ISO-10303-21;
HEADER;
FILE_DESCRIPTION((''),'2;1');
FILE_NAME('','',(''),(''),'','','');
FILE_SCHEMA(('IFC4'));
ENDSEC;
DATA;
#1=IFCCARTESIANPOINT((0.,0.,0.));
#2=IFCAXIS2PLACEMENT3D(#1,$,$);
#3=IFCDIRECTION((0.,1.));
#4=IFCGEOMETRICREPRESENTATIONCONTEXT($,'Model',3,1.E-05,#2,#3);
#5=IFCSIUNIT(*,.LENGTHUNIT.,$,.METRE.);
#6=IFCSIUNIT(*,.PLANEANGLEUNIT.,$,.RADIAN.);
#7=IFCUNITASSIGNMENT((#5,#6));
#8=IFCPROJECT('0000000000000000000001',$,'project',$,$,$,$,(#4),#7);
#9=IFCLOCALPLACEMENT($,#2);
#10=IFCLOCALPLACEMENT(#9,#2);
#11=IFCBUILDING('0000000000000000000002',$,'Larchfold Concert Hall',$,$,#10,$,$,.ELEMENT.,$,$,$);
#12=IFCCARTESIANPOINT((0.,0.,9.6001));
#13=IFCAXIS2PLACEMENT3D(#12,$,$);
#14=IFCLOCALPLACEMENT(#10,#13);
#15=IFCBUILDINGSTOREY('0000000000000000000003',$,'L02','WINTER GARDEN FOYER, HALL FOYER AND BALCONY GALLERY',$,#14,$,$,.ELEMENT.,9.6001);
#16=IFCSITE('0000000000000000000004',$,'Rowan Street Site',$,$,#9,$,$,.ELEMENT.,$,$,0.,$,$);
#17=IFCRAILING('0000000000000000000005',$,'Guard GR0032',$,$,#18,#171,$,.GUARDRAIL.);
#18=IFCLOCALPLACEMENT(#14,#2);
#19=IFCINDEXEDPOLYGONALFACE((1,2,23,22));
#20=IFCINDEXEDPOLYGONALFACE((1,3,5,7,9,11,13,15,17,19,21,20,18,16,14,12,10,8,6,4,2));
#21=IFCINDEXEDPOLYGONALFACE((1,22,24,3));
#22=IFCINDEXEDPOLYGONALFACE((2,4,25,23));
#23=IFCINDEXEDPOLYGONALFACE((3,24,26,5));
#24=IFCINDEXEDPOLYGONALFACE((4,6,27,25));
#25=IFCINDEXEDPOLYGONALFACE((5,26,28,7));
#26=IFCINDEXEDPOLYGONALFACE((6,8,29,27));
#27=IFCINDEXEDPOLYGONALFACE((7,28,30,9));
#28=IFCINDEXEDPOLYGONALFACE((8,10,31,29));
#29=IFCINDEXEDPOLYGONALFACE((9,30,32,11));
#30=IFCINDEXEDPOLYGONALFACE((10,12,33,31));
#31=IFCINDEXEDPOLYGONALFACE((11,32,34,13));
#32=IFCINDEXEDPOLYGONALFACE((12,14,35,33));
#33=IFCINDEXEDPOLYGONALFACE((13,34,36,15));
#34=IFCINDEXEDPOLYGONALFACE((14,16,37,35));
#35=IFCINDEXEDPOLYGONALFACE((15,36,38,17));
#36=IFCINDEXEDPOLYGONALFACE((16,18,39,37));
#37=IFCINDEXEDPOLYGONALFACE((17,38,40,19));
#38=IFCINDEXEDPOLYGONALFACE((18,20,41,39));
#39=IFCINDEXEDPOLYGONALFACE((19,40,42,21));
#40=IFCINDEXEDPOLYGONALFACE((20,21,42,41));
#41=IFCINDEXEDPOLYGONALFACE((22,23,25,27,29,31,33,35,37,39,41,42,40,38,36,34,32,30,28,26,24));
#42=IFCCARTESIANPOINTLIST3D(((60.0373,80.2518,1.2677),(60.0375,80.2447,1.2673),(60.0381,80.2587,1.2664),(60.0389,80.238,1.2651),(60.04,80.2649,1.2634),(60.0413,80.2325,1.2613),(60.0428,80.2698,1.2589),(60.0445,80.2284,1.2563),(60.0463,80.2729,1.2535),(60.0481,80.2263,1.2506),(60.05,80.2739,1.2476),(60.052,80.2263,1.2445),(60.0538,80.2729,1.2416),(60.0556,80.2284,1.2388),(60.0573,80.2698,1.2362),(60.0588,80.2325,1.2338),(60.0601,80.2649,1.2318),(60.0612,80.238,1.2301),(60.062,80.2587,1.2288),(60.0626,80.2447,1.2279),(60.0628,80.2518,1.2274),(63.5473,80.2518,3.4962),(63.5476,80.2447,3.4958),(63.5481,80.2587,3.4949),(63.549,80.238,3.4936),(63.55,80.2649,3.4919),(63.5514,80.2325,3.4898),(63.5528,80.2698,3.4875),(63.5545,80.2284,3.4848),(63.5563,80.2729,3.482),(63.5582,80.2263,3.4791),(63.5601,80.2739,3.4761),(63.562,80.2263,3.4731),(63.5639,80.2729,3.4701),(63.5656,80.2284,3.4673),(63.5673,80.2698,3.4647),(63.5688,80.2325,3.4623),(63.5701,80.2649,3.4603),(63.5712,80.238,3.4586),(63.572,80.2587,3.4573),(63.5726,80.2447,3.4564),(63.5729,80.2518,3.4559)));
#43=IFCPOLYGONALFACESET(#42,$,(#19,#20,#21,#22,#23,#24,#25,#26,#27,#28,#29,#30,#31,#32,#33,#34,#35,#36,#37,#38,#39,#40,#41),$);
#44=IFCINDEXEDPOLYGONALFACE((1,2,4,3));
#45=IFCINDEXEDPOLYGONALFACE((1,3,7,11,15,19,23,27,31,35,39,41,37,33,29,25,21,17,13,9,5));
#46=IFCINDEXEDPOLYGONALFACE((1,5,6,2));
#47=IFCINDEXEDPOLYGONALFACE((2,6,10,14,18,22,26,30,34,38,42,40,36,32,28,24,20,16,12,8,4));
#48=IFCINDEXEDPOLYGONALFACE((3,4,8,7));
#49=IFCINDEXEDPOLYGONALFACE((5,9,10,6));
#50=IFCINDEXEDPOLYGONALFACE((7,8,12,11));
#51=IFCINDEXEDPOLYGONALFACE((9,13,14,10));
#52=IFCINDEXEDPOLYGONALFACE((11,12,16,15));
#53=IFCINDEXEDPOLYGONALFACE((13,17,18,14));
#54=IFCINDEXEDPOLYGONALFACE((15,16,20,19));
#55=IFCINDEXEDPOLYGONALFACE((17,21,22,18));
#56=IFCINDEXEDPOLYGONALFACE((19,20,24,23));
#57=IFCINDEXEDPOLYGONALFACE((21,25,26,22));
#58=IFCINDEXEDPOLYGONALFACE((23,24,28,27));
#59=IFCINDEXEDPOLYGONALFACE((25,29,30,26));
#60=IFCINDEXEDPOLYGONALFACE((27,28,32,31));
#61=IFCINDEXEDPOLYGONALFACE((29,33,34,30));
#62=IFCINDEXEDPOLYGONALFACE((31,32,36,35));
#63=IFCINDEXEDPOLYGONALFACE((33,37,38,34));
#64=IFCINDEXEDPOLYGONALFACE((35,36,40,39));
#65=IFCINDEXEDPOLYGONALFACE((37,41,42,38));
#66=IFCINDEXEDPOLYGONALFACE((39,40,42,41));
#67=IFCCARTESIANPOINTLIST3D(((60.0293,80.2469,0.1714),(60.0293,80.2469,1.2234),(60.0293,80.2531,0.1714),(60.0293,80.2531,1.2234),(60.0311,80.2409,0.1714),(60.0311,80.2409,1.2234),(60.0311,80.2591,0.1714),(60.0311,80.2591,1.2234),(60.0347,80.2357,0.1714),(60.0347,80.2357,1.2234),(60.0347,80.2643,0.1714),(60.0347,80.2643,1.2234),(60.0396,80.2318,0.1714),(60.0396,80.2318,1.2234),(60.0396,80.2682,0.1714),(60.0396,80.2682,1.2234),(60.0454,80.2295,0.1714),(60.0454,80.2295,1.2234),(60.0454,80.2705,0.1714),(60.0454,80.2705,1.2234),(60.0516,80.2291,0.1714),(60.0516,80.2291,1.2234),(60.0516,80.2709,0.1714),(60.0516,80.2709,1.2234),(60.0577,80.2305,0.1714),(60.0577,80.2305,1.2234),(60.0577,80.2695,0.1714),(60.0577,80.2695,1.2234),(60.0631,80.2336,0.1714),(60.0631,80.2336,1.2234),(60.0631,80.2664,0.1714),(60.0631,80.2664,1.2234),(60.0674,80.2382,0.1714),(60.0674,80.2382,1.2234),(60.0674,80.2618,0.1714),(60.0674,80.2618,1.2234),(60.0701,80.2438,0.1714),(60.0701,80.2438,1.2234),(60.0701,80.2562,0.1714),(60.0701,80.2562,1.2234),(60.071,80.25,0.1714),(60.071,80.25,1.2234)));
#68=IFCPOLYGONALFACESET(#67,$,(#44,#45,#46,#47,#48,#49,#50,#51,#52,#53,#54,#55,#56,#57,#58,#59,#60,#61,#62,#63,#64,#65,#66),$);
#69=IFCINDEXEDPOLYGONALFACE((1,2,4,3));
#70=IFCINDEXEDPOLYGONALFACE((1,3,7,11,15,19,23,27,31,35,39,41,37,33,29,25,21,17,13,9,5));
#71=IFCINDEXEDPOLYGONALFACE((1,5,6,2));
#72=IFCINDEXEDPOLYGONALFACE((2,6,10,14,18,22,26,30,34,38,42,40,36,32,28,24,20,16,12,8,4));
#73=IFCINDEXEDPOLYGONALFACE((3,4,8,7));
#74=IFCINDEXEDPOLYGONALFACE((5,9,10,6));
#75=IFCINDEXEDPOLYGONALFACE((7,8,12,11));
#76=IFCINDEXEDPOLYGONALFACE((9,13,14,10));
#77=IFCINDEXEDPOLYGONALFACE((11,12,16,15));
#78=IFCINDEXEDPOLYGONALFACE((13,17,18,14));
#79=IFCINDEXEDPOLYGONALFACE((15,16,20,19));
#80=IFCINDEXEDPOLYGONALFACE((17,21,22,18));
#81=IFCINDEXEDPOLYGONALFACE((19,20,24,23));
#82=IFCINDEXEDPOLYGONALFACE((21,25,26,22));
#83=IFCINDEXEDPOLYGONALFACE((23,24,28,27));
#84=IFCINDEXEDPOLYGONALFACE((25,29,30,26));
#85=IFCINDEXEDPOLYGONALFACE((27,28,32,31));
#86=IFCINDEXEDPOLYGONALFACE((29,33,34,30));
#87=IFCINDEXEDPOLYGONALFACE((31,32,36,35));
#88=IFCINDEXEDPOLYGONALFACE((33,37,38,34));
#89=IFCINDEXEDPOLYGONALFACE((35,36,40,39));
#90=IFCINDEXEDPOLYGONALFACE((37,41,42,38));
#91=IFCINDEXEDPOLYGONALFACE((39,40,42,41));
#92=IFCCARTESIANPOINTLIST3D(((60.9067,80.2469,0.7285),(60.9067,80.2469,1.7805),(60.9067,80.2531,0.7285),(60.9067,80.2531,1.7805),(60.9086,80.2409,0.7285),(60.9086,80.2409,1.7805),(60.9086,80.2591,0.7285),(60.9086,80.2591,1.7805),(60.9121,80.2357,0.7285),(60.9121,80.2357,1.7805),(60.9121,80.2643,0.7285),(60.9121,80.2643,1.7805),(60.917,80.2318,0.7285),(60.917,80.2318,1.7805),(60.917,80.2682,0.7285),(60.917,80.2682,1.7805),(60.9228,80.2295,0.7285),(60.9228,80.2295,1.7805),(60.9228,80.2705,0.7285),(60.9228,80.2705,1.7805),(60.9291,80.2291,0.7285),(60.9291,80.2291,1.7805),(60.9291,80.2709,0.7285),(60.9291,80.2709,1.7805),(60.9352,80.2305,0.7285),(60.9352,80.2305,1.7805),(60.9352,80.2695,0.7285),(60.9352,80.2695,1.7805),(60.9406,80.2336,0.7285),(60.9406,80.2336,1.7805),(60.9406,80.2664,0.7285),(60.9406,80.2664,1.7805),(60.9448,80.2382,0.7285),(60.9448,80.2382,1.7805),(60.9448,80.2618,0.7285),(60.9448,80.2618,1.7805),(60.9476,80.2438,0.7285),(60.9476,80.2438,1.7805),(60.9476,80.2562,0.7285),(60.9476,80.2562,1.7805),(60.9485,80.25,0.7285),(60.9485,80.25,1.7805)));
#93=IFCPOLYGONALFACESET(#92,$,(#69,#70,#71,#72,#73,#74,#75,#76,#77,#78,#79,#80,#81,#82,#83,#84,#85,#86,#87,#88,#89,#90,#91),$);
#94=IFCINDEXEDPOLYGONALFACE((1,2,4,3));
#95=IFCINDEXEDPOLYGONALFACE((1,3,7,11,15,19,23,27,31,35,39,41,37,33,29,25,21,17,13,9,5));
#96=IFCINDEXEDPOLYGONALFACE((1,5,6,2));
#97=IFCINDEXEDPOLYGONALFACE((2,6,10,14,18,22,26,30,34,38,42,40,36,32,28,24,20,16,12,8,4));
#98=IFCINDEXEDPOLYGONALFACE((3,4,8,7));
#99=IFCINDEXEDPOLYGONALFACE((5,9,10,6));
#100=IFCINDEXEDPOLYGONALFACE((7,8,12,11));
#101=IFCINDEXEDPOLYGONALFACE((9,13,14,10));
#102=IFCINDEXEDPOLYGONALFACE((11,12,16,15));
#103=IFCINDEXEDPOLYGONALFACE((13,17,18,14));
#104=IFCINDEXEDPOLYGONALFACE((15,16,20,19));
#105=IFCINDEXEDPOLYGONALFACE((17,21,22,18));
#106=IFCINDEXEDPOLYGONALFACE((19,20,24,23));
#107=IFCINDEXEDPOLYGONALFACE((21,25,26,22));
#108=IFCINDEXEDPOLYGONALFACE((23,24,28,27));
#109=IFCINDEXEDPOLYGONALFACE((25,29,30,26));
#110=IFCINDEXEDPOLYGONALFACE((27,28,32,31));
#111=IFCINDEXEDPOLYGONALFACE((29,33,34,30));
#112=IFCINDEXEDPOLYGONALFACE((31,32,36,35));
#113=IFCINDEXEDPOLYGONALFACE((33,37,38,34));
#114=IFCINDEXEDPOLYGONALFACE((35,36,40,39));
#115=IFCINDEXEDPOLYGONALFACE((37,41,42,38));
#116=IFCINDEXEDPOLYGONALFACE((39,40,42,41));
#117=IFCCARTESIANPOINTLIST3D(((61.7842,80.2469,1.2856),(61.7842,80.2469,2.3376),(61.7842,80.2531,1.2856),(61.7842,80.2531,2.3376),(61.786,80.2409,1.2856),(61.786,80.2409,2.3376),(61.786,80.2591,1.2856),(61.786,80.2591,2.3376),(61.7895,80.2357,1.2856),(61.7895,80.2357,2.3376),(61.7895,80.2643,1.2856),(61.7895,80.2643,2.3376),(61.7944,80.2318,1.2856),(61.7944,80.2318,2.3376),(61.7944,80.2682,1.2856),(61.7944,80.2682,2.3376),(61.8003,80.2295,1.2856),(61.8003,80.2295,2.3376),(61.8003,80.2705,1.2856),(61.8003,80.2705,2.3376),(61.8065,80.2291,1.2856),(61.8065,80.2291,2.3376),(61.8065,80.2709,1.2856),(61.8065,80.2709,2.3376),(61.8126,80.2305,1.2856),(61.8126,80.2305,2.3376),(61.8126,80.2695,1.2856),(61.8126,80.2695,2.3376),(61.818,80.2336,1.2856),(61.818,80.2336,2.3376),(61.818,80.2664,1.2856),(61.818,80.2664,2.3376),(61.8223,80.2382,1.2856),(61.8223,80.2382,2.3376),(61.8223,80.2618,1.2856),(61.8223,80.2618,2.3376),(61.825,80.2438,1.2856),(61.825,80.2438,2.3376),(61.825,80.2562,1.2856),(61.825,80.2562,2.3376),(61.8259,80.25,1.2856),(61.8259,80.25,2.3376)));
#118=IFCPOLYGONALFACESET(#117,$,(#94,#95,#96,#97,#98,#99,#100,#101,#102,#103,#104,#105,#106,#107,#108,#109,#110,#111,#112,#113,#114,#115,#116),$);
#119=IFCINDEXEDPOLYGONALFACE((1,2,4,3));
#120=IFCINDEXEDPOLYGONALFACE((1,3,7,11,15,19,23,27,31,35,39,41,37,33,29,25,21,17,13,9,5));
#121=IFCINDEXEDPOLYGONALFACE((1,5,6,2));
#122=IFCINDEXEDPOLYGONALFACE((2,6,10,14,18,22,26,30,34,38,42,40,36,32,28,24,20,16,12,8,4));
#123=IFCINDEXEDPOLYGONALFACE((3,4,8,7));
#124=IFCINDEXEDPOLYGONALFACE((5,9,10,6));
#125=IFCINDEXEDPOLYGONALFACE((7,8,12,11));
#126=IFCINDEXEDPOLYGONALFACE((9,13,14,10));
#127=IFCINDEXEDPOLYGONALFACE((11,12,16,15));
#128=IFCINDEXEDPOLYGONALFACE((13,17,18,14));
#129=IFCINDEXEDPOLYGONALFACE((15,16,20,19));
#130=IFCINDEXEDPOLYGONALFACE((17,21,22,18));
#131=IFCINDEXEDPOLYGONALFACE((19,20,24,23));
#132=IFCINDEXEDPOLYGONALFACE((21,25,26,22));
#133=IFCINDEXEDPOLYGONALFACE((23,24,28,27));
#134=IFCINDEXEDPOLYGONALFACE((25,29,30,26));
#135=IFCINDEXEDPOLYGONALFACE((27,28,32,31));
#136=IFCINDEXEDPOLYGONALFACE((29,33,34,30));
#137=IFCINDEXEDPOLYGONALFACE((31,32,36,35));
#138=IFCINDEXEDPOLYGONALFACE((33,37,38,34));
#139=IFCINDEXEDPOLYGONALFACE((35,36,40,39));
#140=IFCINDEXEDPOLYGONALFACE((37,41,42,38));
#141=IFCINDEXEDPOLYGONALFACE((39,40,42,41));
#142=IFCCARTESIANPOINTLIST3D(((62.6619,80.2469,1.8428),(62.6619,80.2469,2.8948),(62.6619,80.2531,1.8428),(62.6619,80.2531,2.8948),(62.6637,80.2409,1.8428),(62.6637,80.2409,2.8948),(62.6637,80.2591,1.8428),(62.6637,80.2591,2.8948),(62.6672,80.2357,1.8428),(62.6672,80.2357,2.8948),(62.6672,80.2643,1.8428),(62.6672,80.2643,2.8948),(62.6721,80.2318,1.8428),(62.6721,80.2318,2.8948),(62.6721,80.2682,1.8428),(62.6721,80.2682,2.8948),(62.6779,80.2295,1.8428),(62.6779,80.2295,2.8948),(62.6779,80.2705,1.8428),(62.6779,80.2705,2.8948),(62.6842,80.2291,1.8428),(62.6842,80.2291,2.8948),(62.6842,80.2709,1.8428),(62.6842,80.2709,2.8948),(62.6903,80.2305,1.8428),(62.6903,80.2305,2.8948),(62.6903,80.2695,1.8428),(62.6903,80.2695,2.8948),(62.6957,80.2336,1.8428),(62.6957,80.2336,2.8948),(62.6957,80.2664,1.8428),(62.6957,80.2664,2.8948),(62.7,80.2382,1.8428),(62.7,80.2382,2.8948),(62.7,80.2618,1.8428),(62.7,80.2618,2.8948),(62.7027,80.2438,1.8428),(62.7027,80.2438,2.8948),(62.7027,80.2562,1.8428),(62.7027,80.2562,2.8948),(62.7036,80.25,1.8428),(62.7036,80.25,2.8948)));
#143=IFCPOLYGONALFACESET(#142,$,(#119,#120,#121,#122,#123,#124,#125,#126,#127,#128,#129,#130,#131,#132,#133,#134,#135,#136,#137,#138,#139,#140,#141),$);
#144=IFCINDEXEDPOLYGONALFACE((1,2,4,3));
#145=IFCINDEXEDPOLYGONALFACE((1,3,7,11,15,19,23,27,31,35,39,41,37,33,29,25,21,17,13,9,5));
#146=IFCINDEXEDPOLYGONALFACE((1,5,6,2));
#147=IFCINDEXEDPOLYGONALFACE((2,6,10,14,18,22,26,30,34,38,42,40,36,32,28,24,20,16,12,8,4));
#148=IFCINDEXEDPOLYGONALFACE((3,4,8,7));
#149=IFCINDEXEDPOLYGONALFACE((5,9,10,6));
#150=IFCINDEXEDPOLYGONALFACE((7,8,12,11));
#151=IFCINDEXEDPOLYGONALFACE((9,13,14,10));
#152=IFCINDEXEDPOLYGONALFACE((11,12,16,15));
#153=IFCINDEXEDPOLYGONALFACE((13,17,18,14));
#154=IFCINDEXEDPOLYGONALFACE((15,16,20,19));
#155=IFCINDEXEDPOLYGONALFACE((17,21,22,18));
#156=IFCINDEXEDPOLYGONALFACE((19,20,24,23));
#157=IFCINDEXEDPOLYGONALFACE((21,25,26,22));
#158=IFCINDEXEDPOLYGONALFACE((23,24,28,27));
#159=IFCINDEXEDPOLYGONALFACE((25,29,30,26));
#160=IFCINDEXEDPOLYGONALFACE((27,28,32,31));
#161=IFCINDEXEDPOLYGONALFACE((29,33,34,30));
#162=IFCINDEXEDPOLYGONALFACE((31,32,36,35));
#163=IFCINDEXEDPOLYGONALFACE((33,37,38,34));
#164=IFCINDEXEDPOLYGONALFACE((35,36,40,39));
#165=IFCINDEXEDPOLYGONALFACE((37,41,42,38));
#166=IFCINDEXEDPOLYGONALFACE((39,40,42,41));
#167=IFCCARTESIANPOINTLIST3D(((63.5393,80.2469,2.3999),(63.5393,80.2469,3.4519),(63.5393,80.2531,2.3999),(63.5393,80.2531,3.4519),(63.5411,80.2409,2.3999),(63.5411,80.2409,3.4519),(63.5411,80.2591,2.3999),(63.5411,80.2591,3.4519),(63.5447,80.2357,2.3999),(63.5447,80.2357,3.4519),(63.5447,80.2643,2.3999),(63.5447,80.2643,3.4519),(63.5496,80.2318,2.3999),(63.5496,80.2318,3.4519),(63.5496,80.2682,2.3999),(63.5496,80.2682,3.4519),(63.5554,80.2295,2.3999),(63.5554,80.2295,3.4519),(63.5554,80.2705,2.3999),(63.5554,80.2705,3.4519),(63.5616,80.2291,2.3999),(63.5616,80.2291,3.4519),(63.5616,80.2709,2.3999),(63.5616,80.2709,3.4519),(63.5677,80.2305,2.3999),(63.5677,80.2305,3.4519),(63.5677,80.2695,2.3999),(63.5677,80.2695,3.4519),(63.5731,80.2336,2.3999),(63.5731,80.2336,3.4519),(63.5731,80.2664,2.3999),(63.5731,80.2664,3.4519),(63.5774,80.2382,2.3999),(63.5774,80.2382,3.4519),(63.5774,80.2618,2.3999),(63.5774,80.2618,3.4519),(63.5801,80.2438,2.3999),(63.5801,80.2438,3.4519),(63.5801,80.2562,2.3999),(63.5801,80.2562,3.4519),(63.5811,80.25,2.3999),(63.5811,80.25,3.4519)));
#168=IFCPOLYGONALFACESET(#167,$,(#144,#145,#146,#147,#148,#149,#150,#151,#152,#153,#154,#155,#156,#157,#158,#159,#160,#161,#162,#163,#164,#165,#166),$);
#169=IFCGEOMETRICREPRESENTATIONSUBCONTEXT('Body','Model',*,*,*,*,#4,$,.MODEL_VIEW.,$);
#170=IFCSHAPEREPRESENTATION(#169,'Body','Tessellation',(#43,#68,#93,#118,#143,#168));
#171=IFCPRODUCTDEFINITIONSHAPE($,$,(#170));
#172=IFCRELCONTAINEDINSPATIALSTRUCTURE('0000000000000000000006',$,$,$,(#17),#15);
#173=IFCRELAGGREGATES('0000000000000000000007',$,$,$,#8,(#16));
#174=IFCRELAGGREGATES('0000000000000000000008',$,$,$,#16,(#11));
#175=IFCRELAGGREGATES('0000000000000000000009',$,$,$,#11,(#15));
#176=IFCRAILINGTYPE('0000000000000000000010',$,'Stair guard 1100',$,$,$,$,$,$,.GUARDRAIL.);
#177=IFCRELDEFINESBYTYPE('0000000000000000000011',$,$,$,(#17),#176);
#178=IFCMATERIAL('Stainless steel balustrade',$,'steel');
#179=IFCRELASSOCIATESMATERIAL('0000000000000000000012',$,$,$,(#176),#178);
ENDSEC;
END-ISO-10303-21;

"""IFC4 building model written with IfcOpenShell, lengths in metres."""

from ifc_helpers import new_model, si_unit, direction, frame, origin, origin_2d, place, context, subcontext, project, spatial, circle, extrude, material, type_object, element, save


model = new_model("IFC4")

# Units and contexts
model_context = context("Model", 3, precision=1e-05, world=origin(), true_north=direction((0.0, 1.0)))
body_context = subcontext(model_context, "Body", "Model", "MODEL_VIEW")
ifc_project = project(units=[si_unit("LENGTHUNIT", "METRE"), si_unit("PLANEANGLEUNIT", "RADIAN")], contexts=[model_context])

# Site, building, storey
site_placement = place(None, origin())
site = spatial("IfcSite", under=ifc_project, at=site_placement, Name="Rowan Street Site", CompositionType="ELEMENT", RefElevation=0.0)
building_placement = place(site_placement, origin())
building = spatial("IfcBuilding", under=site, at=building_placement, Name="Larchfold Concert Hall", CompositionType="ELEMENT")
storey_placement = place(building_placement, frame((0.0, 0.0, 9.6001)))
storey = spatial("IfcBuildingStorey", under=building, at=storey_placement, Name="L02", Description="WINTER GARDEN FOYER, HALL FOYER AND BALCONY GALLERY", CompositionType="ELEMENT", Elevation=9.6001)

# Railing
ifc_material_1 = material(Name="Stainless steel balustrade", Category="steel")
railing_type_1 = type_object("IfcRailingType", Name="Stair guard 1100", PredefinedType="GUARDRAIL", material=ifc_material_1)
railing_1_placement = place(storey_placement, frame((60.05, 80.25, 0.1714)))
element("IfcRailing", 1, at=railing_1_placement, inside=storey, type_object=railing_type_1, Name="Guard GR0032", PredefinedType="GUARDRAIL", context=body_context, shape_type="SweptSolid", body=[
    extrude(circle(Radius=0.0239, at=origin_2d()), frame((0.0, 0.0, 1.0762), z_axis=(0.84422, 0.0, 0.535998), x_axis=(0.0, 1.0, 0.0)), (0.0, 0.0, 1.0), 4.1577),
    extrude(circle(Radius=0.021, at=origin_2d()), origin(), (0.0, 0.0, 1.0), 1.052),
    extrude(circle(Radius=0.021, at=origin_2d()), frame((0.8774, 0.0, 0.5571)), (0.0, 0.0, 1.0), 1.052),
    extrude(circle(Radius=0.021, at=origin_2d()), frame((1.7549, 0.0, 1.1143)), (0.0, 0.0, 1.0), 1.052),
    extrude(circle(Radius=0.021, at=origin_2d()), frame((2.6326, 0.0, 1.6714)), (0.0, 0.0, 1.0), 1.052),
    extrude(circle(Radius=0.021, at=origin_2d()), frame((3.51, 0.0, 2.2285)), (0.0, 0.0, 1.0), 1.052),
])

save(model, "model.ifc")
